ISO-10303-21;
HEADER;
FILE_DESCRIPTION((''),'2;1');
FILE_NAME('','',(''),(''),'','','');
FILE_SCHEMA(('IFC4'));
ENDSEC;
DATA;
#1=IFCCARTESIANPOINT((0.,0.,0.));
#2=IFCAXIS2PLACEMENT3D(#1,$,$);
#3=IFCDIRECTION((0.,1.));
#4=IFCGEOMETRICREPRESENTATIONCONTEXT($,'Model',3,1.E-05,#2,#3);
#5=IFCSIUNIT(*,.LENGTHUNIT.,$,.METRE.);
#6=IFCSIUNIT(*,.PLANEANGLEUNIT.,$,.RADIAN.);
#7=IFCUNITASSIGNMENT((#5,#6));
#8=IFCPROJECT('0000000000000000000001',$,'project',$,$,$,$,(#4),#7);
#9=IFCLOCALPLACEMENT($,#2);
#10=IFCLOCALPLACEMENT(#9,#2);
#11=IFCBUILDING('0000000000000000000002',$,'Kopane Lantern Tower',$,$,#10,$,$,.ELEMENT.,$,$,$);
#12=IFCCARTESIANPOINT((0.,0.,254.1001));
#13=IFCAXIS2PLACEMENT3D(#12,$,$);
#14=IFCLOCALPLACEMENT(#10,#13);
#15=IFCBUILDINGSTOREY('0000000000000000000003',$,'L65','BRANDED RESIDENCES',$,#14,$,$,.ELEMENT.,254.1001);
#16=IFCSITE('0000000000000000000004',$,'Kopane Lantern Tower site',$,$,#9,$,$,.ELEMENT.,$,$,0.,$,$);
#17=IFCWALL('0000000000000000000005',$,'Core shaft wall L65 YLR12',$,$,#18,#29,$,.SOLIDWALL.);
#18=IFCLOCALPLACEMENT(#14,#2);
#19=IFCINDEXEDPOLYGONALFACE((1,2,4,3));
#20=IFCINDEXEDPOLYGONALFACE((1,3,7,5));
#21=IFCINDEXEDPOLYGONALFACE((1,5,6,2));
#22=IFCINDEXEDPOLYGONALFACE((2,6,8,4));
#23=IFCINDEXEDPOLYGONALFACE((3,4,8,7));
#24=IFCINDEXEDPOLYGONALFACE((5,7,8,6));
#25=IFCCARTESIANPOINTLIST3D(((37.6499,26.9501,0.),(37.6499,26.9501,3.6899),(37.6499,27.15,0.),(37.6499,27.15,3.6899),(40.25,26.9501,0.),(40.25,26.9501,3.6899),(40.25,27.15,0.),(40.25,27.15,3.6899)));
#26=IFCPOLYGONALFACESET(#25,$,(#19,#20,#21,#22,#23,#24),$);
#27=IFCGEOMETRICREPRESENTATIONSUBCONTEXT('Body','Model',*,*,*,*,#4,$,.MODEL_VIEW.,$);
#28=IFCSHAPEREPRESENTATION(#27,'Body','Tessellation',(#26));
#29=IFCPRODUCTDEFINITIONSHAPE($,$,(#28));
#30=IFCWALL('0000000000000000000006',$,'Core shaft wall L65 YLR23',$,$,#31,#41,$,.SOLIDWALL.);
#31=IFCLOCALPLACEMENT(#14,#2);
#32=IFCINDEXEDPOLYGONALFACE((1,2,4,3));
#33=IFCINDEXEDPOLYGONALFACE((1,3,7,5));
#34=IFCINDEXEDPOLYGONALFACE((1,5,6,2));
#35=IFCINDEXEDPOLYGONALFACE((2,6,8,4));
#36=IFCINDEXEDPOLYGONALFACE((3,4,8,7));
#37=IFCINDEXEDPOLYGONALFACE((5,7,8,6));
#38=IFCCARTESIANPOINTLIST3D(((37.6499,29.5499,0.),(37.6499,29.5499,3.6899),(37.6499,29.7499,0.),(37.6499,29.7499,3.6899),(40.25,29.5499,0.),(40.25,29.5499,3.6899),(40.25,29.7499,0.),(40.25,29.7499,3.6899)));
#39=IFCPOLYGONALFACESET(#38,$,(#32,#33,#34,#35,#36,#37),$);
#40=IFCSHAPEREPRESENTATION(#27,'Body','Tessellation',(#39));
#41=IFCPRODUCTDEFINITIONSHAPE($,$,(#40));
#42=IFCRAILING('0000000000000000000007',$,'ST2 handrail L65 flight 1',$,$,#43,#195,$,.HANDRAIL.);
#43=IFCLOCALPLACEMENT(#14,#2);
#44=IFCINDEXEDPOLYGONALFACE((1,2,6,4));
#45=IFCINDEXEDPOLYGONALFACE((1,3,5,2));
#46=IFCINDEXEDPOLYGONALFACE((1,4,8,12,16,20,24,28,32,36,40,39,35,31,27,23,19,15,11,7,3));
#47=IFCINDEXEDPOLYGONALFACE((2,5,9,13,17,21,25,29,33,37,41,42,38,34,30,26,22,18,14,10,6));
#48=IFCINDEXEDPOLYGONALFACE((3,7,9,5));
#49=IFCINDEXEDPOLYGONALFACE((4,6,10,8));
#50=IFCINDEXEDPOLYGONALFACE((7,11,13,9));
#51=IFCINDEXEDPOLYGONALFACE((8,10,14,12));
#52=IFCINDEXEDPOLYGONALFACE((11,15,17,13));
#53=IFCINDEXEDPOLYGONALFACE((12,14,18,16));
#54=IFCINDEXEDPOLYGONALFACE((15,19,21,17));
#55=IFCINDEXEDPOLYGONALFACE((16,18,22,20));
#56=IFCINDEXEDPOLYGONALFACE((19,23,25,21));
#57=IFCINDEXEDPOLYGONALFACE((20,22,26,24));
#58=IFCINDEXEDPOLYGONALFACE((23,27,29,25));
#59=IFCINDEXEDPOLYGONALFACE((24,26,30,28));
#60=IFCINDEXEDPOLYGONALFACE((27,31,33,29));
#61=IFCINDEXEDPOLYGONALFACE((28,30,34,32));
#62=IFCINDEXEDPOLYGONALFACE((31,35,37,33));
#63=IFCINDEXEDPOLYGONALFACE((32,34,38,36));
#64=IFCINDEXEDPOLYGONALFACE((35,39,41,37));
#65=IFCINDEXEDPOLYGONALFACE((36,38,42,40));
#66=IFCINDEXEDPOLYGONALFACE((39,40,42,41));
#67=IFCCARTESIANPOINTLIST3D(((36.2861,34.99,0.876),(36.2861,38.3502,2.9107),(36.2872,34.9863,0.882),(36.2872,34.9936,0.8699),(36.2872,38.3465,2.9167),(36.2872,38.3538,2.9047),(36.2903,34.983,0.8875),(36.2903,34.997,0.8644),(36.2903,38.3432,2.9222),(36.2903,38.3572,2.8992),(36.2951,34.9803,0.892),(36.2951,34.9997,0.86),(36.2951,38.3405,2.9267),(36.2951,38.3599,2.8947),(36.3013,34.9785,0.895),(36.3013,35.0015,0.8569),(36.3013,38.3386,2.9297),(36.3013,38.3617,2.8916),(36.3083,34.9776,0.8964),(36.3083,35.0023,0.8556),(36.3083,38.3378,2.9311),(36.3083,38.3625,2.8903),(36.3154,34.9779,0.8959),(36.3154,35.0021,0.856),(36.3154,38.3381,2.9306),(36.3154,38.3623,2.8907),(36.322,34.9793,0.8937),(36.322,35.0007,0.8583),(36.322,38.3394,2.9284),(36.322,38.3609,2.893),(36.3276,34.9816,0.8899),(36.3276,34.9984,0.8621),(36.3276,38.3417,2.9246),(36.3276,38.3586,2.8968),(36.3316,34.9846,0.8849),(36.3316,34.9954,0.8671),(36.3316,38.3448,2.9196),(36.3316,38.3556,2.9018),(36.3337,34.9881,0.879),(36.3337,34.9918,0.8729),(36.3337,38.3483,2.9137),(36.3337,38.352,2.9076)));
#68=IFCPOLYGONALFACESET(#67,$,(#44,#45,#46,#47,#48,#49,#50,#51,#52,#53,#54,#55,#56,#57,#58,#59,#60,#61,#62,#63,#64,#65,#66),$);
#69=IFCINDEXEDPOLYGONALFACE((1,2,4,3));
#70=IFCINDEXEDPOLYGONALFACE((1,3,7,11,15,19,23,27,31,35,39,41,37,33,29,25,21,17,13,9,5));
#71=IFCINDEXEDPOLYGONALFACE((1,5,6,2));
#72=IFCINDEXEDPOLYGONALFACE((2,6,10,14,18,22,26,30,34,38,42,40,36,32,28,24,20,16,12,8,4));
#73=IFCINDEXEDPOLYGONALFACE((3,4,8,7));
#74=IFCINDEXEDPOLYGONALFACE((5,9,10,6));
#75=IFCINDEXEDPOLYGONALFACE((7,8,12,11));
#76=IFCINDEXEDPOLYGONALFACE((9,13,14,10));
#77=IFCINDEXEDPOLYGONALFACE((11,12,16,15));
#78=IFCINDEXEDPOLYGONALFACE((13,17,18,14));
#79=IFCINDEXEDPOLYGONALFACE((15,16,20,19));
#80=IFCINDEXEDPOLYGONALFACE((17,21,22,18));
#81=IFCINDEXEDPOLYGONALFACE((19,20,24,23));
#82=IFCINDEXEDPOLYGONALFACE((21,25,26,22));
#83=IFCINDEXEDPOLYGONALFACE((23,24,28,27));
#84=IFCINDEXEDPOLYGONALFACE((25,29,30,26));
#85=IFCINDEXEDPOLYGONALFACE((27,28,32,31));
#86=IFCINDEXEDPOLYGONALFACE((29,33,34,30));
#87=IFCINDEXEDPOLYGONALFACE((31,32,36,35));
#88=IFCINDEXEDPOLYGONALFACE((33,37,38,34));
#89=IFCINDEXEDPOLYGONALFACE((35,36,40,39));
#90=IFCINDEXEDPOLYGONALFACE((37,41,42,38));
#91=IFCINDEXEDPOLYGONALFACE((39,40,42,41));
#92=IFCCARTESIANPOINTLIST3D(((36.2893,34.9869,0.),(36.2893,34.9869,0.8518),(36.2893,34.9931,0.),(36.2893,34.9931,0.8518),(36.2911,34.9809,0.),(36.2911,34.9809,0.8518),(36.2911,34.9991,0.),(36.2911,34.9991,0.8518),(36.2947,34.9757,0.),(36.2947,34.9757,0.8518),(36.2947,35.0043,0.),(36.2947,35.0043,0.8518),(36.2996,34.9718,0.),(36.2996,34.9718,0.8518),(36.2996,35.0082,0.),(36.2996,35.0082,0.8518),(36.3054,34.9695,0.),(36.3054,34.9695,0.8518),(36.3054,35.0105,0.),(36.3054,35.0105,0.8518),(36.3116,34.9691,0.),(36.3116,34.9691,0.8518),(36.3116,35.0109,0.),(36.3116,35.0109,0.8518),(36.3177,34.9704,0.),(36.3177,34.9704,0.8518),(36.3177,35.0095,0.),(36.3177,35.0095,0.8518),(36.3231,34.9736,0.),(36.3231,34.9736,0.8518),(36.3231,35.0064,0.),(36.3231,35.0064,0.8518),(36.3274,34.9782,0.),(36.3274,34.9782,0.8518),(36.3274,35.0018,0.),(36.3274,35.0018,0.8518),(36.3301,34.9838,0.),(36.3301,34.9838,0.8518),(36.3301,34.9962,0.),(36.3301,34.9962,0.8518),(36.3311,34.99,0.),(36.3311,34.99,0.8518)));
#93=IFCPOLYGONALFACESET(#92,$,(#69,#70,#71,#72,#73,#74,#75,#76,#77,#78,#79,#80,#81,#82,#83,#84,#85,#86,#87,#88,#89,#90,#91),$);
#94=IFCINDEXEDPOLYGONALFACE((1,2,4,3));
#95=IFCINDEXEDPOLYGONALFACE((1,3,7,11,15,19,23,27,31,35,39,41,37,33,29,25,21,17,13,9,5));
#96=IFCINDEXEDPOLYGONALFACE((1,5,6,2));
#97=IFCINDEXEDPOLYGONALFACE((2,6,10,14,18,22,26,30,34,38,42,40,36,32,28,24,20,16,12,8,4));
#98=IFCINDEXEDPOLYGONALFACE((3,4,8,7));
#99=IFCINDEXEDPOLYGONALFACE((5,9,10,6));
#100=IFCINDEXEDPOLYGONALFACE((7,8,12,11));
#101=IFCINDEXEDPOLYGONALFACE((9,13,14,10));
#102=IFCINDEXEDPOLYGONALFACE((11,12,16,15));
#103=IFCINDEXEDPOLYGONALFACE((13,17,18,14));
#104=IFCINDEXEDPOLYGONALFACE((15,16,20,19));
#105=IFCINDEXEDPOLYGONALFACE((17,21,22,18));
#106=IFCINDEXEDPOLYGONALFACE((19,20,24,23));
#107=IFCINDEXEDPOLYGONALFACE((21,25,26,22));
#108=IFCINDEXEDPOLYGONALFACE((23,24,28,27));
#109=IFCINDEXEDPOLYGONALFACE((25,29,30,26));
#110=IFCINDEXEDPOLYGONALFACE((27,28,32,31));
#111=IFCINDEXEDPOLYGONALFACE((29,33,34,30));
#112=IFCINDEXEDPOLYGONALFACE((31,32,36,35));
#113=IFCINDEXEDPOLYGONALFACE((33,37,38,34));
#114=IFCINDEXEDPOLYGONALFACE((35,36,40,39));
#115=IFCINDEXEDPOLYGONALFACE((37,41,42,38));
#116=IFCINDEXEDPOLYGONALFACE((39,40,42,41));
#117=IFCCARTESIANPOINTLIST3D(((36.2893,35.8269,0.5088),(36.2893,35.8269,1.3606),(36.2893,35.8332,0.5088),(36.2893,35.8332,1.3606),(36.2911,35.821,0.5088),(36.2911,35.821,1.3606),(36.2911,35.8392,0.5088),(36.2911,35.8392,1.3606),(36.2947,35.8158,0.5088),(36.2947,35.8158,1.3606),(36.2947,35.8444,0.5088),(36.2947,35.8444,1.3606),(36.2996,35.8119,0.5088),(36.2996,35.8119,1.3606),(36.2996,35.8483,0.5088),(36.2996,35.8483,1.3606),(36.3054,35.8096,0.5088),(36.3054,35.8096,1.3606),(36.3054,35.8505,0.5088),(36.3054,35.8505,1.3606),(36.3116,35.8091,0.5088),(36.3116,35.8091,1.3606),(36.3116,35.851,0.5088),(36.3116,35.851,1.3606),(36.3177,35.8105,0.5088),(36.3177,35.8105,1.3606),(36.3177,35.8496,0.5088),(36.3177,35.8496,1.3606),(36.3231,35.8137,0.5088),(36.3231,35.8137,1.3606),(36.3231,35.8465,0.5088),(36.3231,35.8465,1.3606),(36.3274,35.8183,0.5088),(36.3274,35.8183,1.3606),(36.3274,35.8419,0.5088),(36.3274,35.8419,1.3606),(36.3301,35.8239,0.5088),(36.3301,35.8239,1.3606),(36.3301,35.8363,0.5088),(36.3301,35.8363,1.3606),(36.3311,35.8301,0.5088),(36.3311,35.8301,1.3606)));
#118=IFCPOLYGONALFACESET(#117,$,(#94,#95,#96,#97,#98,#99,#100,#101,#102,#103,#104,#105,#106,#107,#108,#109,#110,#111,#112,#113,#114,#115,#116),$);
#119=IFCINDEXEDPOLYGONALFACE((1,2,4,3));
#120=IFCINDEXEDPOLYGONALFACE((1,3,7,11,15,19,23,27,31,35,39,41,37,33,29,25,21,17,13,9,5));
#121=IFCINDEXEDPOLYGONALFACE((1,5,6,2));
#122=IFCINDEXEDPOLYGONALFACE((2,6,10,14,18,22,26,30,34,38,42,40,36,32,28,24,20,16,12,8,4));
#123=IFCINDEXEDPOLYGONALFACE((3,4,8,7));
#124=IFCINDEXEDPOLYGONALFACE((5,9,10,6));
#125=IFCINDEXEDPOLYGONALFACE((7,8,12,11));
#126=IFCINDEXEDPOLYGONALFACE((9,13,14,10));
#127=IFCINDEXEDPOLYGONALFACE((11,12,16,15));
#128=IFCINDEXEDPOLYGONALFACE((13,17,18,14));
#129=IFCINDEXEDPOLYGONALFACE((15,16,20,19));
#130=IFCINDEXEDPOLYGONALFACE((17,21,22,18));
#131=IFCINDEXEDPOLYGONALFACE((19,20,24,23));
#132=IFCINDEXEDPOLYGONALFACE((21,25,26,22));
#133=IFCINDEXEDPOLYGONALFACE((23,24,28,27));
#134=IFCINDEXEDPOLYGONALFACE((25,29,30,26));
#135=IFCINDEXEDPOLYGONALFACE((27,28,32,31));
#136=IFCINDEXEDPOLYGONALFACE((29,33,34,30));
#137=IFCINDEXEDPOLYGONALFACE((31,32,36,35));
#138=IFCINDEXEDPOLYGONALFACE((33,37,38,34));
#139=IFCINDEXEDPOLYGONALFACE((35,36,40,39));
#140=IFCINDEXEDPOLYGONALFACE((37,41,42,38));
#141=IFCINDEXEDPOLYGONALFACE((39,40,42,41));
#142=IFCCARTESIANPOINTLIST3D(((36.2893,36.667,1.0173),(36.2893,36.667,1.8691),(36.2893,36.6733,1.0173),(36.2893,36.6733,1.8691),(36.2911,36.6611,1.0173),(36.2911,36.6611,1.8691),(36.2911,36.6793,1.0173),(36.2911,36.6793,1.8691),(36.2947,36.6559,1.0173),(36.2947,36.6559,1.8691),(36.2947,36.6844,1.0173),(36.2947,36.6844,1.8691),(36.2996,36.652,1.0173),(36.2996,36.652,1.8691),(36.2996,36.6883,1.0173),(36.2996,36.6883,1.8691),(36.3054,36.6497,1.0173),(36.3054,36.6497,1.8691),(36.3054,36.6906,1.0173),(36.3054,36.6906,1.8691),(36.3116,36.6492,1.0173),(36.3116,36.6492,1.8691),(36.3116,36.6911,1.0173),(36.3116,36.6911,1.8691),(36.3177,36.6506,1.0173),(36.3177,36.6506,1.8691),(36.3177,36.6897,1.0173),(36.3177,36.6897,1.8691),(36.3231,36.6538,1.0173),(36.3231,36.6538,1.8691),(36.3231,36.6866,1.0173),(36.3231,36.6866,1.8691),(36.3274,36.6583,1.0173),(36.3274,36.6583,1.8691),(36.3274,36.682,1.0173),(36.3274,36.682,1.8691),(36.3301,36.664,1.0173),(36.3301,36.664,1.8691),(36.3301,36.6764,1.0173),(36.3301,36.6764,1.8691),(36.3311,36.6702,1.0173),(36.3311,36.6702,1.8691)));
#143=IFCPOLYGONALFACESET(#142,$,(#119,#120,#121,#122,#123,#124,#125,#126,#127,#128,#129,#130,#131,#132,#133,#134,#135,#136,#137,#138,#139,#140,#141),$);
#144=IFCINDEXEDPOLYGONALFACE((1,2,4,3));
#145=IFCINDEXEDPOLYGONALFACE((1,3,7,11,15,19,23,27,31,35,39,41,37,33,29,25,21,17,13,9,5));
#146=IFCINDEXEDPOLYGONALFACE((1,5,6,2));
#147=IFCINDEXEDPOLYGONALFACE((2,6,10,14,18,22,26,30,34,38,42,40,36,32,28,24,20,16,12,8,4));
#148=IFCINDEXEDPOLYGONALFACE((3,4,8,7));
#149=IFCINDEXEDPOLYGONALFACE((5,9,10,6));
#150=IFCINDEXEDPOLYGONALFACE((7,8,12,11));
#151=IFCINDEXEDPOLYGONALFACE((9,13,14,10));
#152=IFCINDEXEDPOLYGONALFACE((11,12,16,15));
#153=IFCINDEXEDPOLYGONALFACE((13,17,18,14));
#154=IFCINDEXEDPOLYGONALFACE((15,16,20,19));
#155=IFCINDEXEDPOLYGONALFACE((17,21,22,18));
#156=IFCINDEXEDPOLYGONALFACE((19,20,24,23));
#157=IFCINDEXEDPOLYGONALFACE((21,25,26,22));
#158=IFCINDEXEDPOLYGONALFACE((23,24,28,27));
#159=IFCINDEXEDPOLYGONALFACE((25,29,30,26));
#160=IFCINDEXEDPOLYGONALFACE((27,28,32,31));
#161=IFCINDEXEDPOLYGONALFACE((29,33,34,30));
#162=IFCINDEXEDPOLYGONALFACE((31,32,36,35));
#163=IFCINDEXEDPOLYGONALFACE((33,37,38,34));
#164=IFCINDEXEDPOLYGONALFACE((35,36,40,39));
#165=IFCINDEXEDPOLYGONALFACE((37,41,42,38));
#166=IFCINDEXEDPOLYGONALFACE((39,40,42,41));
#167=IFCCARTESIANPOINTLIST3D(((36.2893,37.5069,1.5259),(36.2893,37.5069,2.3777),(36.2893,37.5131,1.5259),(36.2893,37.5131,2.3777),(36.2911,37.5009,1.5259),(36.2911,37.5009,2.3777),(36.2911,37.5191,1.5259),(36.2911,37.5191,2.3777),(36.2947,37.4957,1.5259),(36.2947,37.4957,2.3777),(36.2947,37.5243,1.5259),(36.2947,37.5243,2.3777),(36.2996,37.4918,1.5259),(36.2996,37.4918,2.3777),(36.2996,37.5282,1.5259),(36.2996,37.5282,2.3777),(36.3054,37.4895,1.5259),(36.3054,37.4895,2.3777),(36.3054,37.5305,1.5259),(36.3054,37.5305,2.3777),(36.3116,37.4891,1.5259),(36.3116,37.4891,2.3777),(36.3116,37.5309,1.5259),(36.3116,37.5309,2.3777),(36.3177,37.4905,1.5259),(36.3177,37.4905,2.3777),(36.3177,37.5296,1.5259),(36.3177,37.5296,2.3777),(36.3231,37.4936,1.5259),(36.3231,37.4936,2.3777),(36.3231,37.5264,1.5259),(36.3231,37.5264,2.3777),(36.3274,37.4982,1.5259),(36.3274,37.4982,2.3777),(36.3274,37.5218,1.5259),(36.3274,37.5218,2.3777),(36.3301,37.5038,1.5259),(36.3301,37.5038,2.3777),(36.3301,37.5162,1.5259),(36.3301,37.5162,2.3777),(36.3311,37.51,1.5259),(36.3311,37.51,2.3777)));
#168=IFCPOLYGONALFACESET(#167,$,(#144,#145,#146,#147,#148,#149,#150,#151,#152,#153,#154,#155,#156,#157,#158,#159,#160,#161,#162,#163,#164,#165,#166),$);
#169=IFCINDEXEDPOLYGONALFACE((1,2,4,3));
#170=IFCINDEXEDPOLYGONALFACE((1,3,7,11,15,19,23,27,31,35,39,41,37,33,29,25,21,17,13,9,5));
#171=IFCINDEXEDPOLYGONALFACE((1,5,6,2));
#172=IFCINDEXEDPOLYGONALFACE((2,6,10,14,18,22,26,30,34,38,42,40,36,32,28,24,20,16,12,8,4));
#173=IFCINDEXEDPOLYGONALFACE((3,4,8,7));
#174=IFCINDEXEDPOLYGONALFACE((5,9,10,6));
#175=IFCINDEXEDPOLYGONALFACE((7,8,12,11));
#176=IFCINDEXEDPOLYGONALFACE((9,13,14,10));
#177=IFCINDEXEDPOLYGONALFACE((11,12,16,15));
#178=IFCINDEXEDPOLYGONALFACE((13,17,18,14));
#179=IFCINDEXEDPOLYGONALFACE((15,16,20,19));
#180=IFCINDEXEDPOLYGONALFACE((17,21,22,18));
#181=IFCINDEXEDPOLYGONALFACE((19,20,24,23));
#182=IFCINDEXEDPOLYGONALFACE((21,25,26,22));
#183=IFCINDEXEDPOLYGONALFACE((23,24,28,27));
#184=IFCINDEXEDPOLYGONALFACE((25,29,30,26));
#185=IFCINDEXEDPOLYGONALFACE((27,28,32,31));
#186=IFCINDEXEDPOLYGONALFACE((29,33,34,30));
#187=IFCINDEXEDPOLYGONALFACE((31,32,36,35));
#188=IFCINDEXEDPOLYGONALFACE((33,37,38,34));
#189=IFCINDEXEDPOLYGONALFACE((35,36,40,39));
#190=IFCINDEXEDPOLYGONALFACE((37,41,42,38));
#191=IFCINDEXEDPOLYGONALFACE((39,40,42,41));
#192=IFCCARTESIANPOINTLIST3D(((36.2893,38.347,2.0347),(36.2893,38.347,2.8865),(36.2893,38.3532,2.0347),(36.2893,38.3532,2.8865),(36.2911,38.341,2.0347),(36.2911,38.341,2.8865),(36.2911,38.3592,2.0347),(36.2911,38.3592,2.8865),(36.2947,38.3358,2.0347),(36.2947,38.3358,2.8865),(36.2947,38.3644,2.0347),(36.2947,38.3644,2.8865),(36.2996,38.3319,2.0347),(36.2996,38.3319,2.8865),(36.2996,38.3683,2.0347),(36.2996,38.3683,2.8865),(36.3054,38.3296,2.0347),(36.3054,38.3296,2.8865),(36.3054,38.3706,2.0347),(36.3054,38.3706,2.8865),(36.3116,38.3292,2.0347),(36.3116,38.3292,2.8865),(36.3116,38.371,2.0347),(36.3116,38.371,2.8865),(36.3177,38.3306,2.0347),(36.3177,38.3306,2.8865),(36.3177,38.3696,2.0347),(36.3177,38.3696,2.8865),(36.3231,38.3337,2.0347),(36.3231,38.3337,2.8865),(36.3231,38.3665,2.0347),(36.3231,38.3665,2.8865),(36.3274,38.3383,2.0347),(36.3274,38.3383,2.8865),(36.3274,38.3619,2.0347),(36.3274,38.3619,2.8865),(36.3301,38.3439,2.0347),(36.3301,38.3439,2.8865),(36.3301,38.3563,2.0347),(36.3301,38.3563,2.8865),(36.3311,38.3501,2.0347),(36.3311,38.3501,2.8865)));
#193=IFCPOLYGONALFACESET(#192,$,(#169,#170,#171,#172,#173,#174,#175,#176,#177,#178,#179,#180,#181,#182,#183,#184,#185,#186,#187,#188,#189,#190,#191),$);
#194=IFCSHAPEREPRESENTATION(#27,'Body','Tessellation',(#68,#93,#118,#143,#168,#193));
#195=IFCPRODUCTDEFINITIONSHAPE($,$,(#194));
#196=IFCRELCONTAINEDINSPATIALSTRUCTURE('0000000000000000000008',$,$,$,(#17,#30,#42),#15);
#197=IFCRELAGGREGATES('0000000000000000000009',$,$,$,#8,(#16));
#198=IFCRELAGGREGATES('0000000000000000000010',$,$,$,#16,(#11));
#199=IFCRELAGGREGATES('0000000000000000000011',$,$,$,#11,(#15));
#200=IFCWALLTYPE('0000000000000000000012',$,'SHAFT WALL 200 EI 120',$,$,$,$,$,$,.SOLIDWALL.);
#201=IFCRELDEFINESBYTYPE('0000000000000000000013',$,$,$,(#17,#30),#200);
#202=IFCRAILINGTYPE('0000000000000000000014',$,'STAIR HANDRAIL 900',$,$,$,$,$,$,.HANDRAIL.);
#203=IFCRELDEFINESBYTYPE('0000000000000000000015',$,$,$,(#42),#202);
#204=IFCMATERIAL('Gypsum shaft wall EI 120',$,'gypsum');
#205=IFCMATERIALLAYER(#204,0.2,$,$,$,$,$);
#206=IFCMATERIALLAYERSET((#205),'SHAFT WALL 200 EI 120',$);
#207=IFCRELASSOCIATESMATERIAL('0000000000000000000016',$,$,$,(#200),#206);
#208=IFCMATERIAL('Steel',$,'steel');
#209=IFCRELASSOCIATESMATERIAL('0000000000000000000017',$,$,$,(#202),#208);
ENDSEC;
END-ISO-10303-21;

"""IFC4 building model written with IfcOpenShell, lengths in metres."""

from ifc_helpers import new_model, si_unit, direction, frame, frame_2d, origin, origin_2d, place, context, subcontext, project, spatial, rectangle, circle, extrude, material, layer, layer_set, type_object, element, save


model = new_model("IFC4")

# Units and contexts
model_context = context("Model", 3, precision=1e-05, world=origin(), true_north=direction((0.0, 1.0)))
body_context = subcontext(model_context, "Body", "Model", "MODEL_VIEW")
ifc_project = project(units=[si_unit("LENGTHUNIT", "METRE"), si_unit("PLANEANGLEUNIT", "RADIAN")], contexts=[model_context])

# Site, building, storey
site_placement = place(None, origin())
site = spatial("IfcSite", under=ifc_project, at=site_placement, Name="Kopane Lantern Tower site", CompositionType="ELEMENT", RefElevation=0.0)
building_placement = place(site_placement, origin())
building = spatial("IfcBuilding", under=site, at=building_placement, Name="Kopane Lantern Tower", CompositionType="ELEMENT")
storey_placement = place(building_placement, frame((0.0, 0.0, 254.1001)))
storey = spatial("IfcBuildingStorey", under=building, at=storey_placement, Name="L65", Description="BRANDED RESIDENCES", CompositionType="ELEMENT", Elevation=254.1001)

# Shared definitions
ifc_material_1 = material(Name="Gypsum shaft wall EI 120", Category="gypsum")
ifc_layer_1 = layer(ifc_material_1, 0.2)
ifc_layer_set_1 = layer_set([ifc_layer_1], Name="SHAFT WALL 200 EI 120")
wall_type_1 = type_object("IfcWallType", Name="SHAFT WALL 200 EI 120", PredefinedType="SOLIDWALL", material=ifc_layer_set_1)

# Walls
for number, where, z_axis, x_axis, name in (
    (1, (37.6499, 27.05, 0.0), (0.0, 0.0, 1.0), (1.0, 0.0, 0.0), "Core shaft wall L65 YLR12"),
    (2, (37.6499, 29.6499, 0.0), (0.0, 0.0, 1.0), (1.0, 0.0, 0.0), "Core shaft wall L65 YLR23"),
):
    element("IfcWall", number, at=place(storey_placement, frame(where, z_axis=z_axis, x_axis=x_axis)), inside=storey, type_object=wall_type_1, Name=name, PredefinedType="SOLIDWALL", context=body_context, shape_type="SweptSolid", body=[
        extrude(rectangle(XDim=2.6001, YDim=0.2, at=frame_2d((1.3, 0.0))), origin(), (0.0, 0.0, 1.0), 3.6899),
    ])

# Railing
ifc_material_2 = material(Name="Steel", Category="steel")
railing_type_1 = type_object("IfcRailingType", Name="STAIR HANDRAIL 900", PredefinedType="HANDRAIL", material=ifc_material_2)
for number, where, name in (
    (3, (36.3101, 34.99, 0.0), "ST2 handrail L65 flight 1"),
):
    element("IfcRailing", number, at=place(storey_placement, frame(where)), inside=storey, type_object=railing_type_1, Name=name, PredefinedType="HANDRAIL", context=body_context, shape_type="SweptSolid", body=[
        extrude(circle(Radius=0.0239, at=origin_2d()), frame((0.0, 0.0, 0.876), z_axis=(0.0, 0.855396, 0.517974), x_axis=(-1.0, 0.0, 0.0)), (0.0, 0.0, 1.0), 3.9282),
        extrude(circle(Radius=0.021, at=origin_2d()), origin(), (0.0, 0.0, 1.0), 0.8518),
        extrude(circle(Radius=0.021, at=origin_2d()), frame((0.0, 0.8401, 0.5088)), (0.0, 0.0, 1.0), 0.8518),
        extrude(circle(Radius=0.021, at=origin_2d()), frame((0.0, 1.6802, 1.0173)), (0.0, 0.0, 1.0), 0.8518),
        extrude(circle(Radius=0.021, at=origin_2d()), frame((0.0, 2.52, 1.5259)), (0.0, 0.0, 1.0), 0.8518),
        extrude(circle(Radius=0.021, at=origin_2d()), frame((0.0, 3.3601, 2.0347)), (0.0, 0.0, 1.0), 0.8518),
    ])

save(model, "model.ifc")
